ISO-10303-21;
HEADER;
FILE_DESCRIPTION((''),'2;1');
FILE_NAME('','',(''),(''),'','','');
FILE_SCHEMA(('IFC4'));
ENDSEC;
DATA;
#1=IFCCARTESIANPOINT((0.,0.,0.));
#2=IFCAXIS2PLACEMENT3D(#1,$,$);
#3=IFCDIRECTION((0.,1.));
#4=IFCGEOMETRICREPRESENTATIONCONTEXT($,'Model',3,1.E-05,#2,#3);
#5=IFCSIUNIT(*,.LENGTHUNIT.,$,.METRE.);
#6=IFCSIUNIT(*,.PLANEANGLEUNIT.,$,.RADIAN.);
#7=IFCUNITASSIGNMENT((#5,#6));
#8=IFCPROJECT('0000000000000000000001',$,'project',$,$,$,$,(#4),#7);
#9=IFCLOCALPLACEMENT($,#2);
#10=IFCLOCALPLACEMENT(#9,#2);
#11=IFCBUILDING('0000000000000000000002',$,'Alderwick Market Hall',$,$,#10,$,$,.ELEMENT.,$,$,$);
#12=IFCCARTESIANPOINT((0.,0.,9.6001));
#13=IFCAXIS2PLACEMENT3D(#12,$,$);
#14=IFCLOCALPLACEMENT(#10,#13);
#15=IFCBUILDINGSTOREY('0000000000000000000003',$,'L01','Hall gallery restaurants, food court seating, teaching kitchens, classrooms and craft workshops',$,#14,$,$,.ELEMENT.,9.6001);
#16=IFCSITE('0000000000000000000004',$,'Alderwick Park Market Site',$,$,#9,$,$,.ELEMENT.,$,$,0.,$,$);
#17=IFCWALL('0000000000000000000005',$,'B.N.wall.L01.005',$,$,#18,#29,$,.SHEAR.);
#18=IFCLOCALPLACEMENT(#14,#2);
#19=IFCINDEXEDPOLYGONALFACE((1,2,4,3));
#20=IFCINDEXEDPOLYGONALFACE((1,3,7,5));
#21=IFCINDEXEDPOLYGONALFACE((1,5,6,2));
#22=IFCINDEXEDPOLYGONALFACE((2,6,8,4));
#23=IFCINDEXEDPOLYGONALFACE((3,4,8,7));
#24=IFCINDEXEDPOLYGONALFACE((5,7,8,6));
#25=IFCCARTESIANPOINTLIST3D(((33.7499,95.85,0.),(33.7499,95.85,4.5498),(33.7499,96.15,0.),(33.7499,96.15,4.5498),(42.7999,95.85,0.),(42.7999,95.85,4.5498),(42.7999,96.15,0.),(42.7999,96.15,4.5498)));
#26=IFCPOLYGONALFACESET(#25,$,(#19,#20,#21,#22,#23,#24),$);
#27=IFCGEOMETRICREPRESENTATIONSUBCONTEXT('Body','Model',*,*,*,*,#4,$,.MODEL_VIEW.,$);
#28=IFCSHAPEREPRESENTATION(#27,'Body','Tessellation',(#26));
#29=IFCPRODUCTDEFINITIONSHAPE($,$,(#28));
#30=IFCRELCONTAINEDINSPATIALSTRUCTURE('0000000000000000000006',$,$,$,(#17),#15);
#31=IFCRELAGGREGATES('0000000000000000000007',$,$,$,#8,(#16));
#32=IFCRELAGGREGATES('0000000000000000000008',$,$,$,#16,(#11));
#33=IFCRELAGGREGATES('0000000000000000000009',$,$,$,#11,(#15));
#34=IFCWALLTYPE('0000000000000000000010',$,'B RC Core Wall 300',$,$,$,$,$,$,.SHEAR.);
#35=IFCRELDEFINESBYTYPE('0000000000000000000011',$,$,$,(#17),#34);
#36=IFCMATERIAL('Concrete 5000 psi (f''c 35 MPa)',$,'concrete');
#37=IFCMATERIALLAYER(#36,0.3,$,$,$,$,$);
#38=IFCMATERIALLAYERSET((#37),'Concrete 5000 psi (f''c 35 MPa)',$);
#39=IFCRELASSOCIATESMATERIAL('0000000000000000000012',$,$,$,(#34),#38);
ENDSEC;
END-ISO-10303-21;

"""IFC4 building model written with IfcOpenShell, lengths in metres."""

from ifc_helpers import new_model, si_unit, direction, frame, frame_2d, origin, place, context, subcontext, project, spatial, rectangle, extrude, material, layer, layer_set, type_object, element, save


model = new_model("IFC4")

# Units and contexts
model_context = context("Model", 3, precision=1e-05, world=origin(), true_north=direction((0.0, 1.0)))
body_context = subcontext(model_context, "Body", "Model", "MODEL_VIEW")
ifc_project = project(units=[si_unit("LENGTHUNIT", "METRE"), si_unit("PLANEANGLEUNIT", "RADIAN")], contexts=[model_context])

# Site, building, storey
site_placement = place(None, origin())
site = spatial("IfcSite", under=ifc_project, at=site_placement, Name="Alderwick Park Market Site", CompositionType="ELEMENT", RefElevation=0.0)
building_placement = place(site_placement, origin())
building = spatial("IfcBuilding", under=site, at=building_placement, Name="Alderwick Market Hall", CompositionType="ELEMENT")
storey_placement = place(building_placement, frame((0.0, 0.0, 9.6001)))
storey = spatial("IfcBuildingStorey", under=building, at=storey_placement, Name="L01", Description="Hall gallery restaurants, food court seating, teaching kitchens, classrooms and craft workshops", CompositionType="ELEMENT", Elevation=9.6001)

# Shared definitions
ifc_material_1 = material(Name="Concrete 5000 psi (f'c 35 MPa)", Category="concrete")

# Wall
ifc_layer_1 = layer(ifc_material_1, 0.3)
ifc_layer_set_1 = layer_set([ifc_layer_1], Name="Concrete 5000 psi (f'c 35 MPa)")
wall_type_1 = type_object("IfcWallType", Name="B RC Core Wall 300", PredefinedType="SHEAR", material=ifc_layer_set_1)
wall_1_placement = place(storey_placement, frame((33.75, 96.0, 0.0), z_axis=(0.0, 0.0, 1.0), x_axis=(1.0, 0.0, 0.0)))
element("IfcWall", 1, at=wall_1_placement, inside=storey, type_object=wall_type_1, Name="B.N.wall.L01.005", PredefinedType="SHEAR", context=body_context, shape_type="SweptSolid", body=[
    extrude(rectangle(XDim=9.05, YDim=0.3, at=frame_2d((4.5249, 0.0))), origin(), (0.0, 0.0, 1.0), 4.5498),
])

save(model, "model.ifc")
